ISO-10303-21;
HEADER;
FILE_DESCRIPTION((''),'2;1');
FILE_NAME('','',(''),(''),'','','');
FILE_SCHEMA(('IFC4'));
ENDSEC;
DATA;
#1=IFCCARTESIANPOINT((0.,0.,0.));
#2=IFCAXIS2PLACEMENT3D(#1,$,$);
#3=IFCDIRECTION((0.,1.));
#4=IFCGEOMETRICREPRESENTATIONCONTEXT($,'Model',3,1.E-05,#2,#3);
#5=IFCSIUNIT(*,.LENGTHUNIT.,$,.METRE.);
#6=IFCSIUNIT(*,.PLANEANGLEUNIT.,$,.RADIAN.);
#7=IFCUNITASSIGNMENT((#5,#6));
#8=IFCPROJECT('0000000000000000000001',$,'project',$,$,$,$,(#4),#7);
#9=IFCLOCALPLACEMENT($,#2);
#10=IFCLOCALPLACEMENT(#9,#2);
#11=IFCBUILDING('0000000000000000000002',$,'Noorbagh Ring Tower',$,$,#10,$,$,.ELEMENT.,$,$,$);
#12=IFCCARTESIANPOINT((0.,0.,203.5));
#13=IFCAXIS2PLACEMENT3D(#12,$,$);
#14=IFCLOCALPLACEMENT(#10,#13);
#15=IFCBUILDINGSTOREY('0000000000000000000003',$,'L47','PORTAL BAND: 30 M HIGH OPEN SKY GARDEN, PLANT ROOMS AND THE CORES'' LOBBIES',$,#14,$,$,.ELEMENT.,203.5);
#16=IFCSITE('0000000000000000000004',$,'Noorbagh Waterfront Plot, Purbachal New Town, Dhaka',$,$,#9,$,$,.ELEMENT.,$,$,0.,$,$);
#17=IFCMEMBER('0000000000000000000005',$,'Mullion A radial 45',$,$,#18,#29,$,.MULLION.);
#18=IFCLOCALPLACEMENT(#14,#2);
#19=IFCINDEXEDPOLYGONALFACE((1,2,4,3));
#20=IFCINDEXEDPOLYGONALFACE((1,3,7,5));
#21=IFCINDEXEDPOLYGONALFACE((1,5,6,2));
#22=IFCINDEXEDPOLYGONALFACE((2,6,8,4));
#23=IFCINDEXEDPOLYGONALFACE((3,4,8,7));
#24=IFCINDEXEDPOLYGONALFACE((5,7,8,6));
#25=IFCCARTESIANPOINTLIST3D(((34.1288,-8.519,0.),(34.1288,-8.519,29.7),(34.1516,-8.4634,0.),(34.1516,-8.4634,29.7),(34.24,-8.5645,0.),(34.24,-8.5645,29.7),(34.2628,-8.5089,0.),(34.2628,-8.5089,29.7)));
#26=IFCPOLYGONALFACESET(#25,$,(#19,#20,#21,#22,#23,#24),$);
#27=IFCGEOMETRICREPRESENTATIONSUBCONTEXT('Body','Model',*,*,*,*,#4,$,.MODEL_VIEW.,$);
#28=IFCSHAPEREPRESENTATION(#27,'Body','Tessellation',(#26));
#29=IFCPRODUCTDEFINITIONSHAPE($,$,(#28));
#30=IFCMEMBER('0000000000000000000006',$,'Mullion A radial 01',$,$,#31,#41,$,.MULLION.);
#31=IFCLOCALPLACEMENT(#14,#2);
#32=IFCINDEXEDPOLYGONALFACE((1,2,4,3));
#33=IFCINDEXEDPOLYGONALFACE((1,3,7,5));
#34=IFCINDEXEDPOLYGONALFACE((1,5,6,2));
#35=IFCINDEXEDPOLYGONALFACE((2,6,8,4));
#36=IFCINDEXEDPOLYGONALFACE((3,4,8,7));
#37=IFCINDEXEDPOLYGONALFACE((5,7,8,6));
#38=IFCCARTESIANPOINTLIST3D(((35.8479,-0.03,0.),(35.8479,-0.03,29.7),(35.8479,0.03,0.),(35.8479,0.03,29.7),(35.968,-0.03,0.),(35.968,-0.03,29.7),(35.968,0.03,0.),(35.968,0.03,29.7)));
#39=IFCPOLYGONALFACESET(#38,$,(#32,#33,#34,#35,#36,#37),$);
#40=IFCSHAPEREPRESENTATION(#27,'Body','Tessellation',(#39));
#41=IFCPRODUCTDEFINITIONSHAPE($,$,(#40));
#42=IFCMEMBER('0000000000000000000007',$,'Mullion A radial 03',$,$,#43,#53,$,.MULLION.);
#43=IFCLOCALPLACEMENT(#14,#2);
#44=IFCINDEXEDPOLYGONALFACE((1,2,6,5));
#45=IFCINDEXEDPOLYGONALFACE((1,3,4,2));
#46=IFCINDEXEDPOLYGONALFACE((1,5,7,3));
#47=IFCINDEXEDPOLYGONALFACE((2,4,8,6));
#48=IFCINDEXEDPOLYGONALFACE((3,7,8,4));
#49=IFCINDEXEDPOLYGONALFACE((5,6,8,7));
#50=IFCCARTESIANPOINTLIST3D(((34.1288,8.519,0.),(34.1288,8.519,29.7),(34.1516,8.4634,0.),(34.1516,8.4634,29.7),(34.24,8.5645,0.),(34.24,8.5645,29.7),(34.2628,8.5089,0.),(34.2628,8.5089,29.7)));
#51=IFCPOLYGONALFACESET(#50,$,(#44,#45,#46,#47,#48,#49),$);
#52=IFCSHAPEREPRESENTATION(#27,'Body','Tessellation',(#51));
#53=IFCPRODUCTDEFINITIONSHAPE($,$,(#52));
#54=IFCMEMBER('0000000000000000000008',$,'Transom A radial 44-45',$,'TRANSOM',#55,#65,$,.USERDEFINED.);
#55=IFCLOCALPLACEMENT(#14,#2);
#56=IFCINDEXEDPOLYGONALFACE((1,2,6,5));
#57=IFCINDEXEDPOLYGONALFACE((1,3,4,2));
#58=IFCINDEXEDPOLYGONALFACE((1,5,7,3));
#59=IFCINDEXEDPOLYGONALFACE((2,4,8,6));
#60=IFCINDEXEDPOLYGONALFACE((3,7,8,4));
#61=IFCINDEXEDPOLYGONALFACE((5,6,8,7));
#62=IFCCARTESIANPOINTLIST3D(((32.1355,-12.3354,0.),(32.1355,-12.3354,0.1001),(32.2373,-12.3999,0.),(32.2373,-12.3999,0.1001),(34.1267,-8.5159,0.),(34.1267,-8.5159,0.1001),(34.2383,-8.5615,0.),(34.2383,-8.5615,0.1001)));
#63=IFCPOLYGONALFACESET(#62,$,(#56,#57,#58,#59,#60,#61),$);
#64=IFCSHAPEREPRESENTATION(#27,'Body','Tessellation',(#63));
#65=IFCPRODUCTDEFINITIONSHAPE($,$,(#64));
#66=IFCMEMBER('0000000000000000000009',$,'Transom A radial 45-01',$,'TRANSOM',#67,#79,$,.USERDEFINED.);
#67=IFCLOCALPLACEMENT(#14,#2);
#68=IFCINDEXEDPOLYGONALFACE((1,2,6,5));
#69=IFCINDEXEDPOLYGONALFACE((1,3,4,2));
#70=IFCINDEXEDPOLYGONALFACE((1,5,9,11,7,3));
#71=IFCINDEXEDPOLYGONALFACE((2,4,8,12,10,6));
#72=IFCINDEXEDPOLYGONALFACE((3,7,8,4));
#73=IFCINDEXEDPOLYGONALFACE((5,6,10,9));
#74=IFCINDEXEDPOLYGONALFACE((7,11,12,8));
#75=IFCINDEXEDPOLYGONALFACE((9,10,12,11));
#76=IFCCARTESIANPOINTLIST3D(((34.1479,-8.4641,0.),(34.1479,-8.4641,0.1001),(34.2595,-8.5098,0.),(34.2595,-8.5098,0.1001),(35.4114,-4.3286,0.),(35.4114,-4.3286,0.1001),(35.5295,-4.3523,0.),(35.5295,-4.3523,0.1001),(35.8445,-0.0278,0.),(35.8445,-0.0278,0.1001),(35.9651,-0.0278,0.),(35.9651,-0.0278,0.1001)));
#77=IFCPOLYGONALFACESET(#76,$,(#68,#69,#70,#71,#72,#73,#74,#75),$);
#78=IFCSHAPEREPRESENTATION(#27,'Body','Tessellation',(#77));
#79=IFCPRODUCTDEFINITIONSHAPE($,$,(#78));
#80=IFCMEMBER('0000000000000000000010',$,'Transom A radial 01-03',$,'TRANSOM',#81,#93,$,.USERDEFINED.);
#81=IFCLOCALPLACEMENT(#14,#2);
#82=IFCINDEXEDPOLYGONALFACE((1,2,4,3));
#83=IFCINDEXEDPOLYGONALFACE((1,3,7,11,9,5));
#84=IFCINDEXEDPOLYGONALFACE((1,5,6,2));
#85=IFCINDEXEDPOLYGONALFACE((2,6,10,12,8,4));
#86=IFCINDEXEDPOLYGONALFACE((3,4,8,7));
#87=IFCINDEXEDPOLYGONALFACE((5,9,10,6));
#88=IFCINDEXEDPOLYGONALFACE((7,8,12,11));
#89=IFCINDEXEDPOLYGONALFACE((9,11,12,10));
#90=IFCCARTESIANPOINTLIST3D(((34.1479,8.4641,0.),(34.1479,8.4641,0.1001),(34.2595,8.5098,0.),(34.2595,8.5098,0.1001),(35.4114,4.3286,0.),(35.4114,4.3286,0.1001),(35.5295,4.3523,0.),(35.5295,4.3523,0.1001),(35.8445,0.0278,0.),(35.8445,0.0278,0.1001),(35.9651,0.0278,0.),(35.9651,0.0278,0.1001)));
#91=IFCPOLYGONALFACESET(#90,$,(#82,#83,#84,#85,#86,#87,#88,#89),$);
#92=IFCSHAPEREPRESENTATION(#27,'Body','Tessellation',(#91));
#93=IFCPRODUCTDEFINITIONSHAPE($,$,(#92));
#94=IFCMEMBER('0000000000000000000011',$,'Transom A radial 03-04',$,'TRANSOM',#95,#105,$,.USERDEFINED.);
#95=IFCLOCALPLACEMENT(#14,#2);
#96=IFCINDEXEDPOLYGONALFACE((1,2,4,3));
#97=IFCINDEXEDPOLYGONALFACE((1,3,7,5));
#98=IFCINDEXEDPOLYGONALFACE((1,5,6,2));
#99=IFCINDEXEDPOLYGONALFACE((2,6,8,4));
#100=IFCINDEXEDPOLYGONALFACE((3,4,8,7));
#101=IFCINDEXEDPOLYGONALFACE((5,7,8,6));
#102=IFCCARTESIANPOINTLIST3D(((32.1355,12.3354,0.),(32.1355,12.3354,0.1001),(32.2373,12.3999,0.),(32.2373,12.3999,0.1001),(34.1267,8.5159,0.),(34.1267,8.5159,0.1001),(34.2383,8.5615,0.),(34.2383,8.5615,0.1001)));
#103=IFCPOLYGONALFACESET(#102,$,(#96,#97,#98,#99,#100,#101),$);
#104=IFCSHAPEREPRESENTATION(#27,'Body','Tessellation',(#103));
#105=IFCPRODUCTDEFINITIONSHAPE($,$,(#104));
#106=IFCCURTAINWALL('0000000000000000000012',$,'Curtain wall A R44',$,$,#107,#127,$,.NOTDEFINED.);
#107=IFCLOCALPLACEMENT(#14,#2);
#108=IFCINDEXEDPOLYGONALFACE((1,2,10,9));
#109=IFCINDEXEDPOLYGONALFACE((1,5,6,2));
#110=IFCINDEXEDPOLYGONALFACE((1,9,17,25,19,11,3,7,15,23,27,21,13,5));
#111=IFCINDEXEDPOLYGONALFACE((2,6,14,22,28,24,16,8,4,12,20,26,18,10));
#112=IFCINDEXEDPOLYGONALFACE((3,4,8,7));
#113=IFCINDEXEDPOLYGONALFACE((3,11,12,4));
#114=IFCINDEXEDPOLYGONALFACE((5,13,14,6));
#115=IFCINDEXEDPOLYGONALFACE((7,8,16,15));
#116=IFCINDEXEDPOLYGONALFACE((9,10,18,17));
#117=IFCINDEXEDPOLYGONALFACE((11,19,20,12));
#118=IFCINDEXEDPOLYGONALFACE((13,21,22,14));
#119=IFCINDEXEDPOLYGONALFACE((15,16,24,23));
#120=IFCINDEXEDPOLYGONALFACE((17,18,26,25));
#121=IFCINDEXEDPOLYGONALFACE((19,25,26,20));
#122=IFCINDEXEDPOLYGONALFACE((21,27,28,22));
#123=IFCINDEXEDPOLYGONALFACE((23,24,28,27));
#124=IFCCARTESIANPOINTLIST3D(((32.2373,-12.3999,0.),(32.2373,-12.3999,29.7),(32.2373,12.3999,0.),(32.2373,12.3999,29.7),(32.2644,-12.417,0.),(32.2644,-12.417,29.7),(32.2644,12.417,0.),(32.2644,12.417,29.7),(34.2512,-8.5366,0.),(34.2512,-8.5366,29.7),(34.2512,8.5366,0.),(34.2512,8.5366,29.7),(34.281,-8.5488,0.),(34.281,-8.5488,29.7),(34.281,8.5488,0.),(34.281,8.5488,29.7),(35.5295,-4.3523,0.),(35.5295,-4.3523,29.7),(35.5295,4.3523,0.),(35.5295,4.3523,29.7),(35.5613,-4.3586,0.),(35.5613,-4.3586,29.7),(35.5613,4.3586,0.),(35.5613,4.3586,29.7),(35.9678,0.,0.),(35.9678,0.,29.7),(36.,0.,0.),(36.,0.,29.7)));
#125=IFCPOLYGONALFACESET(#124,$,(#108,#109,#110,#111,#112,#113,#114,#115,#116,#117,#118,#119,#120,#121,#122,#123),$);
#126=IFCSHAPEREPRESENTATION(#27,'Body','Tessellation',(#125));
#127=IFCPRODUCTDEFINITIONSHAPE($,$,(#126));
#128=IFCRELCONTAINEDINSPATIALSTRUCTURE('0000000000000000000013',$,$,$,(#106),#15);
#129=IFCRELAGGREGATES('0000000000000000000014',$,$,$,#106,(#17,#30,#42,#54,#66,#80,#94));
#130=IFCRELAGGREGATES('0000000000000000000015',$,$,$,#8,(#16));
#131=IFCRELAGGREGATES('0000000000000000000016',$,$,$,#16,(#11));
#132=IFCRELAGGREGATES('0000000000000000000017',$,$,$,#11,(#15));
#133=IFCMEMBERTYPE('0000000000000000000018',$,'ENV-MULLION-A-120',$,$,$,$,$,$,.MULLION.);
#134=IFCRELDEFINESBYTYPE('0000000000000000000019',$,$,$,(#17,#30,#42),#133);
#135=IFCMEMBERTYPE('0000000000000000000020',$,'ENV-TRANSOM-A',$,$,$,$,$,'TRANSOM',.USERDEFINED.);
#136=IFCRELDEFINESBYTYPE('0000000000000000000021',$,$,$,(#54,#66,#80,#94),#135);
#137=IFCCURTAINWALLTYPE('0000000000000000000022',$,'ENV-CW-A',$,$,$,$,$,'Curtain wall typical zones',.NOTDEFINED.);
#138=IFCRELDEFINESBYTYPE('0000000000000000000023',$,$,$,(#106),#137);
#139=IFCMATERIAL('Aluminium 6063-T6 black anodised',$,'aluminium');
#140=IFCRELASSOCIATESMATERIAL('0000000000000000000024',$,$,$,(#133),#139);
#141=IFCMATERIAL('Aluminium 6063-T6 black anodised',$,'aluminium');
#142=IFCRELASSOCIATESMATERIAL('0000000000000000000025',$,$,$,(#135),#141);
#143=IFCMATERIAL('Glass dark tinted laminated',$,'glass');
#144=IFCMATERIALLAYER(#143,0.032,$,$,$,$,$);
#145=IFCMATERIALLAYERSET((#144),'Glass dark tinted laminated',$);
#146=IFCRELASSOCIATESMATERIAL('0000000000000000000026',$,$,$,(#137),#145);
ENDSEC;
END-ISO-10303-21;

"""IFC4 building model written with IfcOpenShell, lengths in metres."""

from ifc_helpers import new_model, si_unit, direction, frame, origin, origin_2d, place, context, subcontext, project, spatial, polyline, rectangle, outline, extrude, material, layer, layer_set, material_profile, profile_set, type_object, element, aggregate, save


model = new_model("IFC4")

# Units and contexts
model_context = context("Model", 3, precision=1e-05, world=origin(), true_north=direction((0.0, 1.0)))
body_context = subcontext(model_context, "Body", "Model", "MODEL_VIEW")
ifc_project = project(units=[si_unit("LENGTHUNIT", "METRE"), si_unit("PLANEANGLEUNIT", "RADIAN")], contexts=[model_context])

# Members
ifc_material_1 = material(Name="Aluminium 6063-T6 black anodised", Category="aluminium")
ifc_material_profile_1 = material_profile(ifc_material_1, rectangle(XDim=0.1201, YDim=0.0601, at=origin_2d()), Name="120x60")
ifc_profile_set_1 = profile_set([ifc_material_profile_1], Name="Aluminium 6063-T6 black anodised")
member_type_1 = type_object("IfcMemberType", Name="ENV-MULLION-A-120", PredefinedType="MULLION", material=ifc_profile_set_1)
site_placement = place(None, origin())
building_placement = place(site_placement, origin())
storey_placement = place(building_placement, frame((0.0, 0.0, 203.5)))
member_1_placement = place(storey_placement, frame((34.1958, -8.5139, 0.0), z_axis=(0.0, 0.0, 1.0), x_axis=(-0.925467, 0.378827, 0.0)))
member_1 = element("IfcMember", 1, at=member_1_placement, type_object=member_type_1, Name="Mullion A radial 45", PredefinedType="MULLION", context=body_context, shape_type="SweptSolid", body=[
    extrude(rectangle(XDim=0.1201, YDim=0.0601, at=origin_2d()), origin(), (0.0, 0.0, 1.0), 29.7),
])
member_2_placement = place(storey_placement, frame((35.908, 0.0, 0.0), z_axis=(0.0, 0.0, 1.0), x_axis=(-1.0, 0.0, 0.0)))
member_2 = element("IfcMember", 2, at=member_2_placement, type_object=member_type_1, Name="Mullion A radial 01", PredefinedType="MULLION", context=body_context, shape_type="SweptSolid", body=[
    extrude(rectangle(XDim=0.1201, YDim=0.0601, at=origin_2d()), origin(), (0.0, 0.0, 1.0), 29.7),
])
member_3_placement = place(storey_placement, frame((34.1958, 8.5139, 0.0), z_axis=(0.0, 0.0, 1.0), x_axis=(-0.925467, -0.378827, 0.0)))
member_3 = element("IfcMember", 3, at=member_3_placement, type_object=member_type_1, Name="Mullion A radial 03", PredefinedType="MULLION", context=body_context, shape_type="SweptSolid", body=[
    extrude(rectangle(XDim=0.1201, YDim=0.0601, at=origin_2d()), origin(), (0.0, 0.0, 1.0), 29.7),
])
ifc_material_2 = material(Name="Aluminium 6063-T6 black anodised", Category="aluminium")
member_type_2 = type_object("IfcMemberType", Name="ENV-TRANSOM-A", ElementType="TRANSOM", PredefinedType="USERDEFINED", material=ifc_material_2)
member_4_placement = place(storey_placement, origin())
member_4 = element("IfcMember", 4, at=member_4_placement, type_object=member_type_2, Name="Transom A radial 44-45", ObjectType="TRANSOM", PredefinedType="USERDEFINED", context=body_context, shape_type="SweptSolid", body=[
    extrude(outline(polyline([(32.2373, -12.3999), (34.2383, -8.5615), (34.1267, -8.5159), (32.1355, -12.3354), (32.2373, -12.3999)])), origin(), (0.0, 0.0, 1.0), 0.1001),
])
member_5_placement = place(storey_placement, origin())
member_5 = element("IfcMember", 5, at=member_5_placement, type_object=member_type_2, Name="Transom A radial 45-01", ObjectType="TRANSOM", PredefinedType="USERDEFINED", context=body_context, shape_type="SweptSolid", body=[
    extrude(outline(polyline([(34.2595, -8.5098), (35.5295, -4.3523), (35.9651, -0.0278), (35.8445, -0.0278), (35.4114, -4.3286), (34.1479, -8.4641), (34.2595, -8.5098)])), origin(), (0.0, 0.0, 1.0), 0.1001),
])
member_6_placement = place(storey_placement, origin())
member_6 = element("IfcMember", 6, at=member_6_placement, type_object=member_type_2, Name="Transom A radial 01-03", ObjectType="TRANSOM", PredefinedType="USERDEFINED", context=body_context, shape_type="SweptSolid", body=[
    extrude(outline(polyline([(35.9651, 0.0278), (35.5295, 4.3523), (34.2595, 8.5098), (34.1479, 8.4641), (35.4114, 4.3286), (35.8445, 0.0278), (35.9651, 0.0278)])), origin(), (0.0, 0.0, 1.0), 0.1001),
])
member_7_placement = place(storey_placement, origin())
member_7 = element("IfcMember", 7, at=member_7_placement, type_object=member_type_2, Name="Transom A radial 03-04", ObjectType="TRANSOM", PredefinedType="USERDEFINED", context=body_context, shape_type="SweptSolid", body=[
    extrude(outline(polyline([(34.2383, 8.5615), (32.2373, 12.3999), (32.1355, 12.3354), (34.1267, 8.5159), (34.2383, 8.5615)])), origin(), (0.0, 0.0, 1.0), 0.1001),
])

# Site, building, storey
site = spatial("IfcSite", under=ifc_project, at=site_placement, Name="Noorbagh Waterfront Plot, Purbachal New Town, Dhaka", CompositionType="ELEMENT", RefElevation=0.0)
building = spatial("IfcBuilding", under=site, at=building_placement, Name="Noorbagh Ring Tower", CompositionType="ELEMENT")
storey = spatial("IfcBuildingStorey", under=building, at=storey_placement, Name="L47", Description="PORTAL BAND: 30 M HIGH OPEN SKY GARDEN, PLANT ROOMS AND THE CORES' LOBBIES", CompositionType="ELEMENT", Elevation=203.5)

# Curtain wall
ifc_material_3 = material(Name="Glass dark tinted laminated", Category="glass")
ifc_layer_1 = layer(ifc_material_3, 0.032)
ifc_layer_set_1 = layer_set([ifc_layer_1], Name="Glass dark tinted laminated")
curtain_wall_type_1 = type_object("IfcCurtainWallType", Name="ENV-CW-A", ElementType="Curtain wall typical zones", PredefinedType="NOTDEFINED", material=ifc_layer_set_1)
curtain_wall_1_placement = place(storey_placement, origin())
curtain_wall_1 = element("IfcCurtainWall", 8, at=curtain_wall_1_placement, inside=storey, type_object=curtain_wall_type_1, Name="Curtain wall A R44", PredefinedType="NOTDEFINED", context=body_context, shape_type="SweptSolid", body=[
    extrude(outline(polyline([(32.2644, -12.417), (34.281, -8.5488), (35.5613, -4.3586), (36.0, 0.0), (35.5613, 4.3586), (34.281, 8.5488), (32.2644, 12.417), (32.2373, 12.3999), (34.2512, 8.5366), (35.5295, 4.3523), (35.9678, 0.0), (35.5295, -4.3523), (34.2512, -8.5366), (32.2373, -12.3999), (32.2644, -12.417)])), origin(), (0.0, 0.0, 1.0), 29.7),
])
aggregate(curtain_wall_1, [member_1, member_2, member_3, member_4, member_5, member_6, member_7])

save(model, "model.ifc")
